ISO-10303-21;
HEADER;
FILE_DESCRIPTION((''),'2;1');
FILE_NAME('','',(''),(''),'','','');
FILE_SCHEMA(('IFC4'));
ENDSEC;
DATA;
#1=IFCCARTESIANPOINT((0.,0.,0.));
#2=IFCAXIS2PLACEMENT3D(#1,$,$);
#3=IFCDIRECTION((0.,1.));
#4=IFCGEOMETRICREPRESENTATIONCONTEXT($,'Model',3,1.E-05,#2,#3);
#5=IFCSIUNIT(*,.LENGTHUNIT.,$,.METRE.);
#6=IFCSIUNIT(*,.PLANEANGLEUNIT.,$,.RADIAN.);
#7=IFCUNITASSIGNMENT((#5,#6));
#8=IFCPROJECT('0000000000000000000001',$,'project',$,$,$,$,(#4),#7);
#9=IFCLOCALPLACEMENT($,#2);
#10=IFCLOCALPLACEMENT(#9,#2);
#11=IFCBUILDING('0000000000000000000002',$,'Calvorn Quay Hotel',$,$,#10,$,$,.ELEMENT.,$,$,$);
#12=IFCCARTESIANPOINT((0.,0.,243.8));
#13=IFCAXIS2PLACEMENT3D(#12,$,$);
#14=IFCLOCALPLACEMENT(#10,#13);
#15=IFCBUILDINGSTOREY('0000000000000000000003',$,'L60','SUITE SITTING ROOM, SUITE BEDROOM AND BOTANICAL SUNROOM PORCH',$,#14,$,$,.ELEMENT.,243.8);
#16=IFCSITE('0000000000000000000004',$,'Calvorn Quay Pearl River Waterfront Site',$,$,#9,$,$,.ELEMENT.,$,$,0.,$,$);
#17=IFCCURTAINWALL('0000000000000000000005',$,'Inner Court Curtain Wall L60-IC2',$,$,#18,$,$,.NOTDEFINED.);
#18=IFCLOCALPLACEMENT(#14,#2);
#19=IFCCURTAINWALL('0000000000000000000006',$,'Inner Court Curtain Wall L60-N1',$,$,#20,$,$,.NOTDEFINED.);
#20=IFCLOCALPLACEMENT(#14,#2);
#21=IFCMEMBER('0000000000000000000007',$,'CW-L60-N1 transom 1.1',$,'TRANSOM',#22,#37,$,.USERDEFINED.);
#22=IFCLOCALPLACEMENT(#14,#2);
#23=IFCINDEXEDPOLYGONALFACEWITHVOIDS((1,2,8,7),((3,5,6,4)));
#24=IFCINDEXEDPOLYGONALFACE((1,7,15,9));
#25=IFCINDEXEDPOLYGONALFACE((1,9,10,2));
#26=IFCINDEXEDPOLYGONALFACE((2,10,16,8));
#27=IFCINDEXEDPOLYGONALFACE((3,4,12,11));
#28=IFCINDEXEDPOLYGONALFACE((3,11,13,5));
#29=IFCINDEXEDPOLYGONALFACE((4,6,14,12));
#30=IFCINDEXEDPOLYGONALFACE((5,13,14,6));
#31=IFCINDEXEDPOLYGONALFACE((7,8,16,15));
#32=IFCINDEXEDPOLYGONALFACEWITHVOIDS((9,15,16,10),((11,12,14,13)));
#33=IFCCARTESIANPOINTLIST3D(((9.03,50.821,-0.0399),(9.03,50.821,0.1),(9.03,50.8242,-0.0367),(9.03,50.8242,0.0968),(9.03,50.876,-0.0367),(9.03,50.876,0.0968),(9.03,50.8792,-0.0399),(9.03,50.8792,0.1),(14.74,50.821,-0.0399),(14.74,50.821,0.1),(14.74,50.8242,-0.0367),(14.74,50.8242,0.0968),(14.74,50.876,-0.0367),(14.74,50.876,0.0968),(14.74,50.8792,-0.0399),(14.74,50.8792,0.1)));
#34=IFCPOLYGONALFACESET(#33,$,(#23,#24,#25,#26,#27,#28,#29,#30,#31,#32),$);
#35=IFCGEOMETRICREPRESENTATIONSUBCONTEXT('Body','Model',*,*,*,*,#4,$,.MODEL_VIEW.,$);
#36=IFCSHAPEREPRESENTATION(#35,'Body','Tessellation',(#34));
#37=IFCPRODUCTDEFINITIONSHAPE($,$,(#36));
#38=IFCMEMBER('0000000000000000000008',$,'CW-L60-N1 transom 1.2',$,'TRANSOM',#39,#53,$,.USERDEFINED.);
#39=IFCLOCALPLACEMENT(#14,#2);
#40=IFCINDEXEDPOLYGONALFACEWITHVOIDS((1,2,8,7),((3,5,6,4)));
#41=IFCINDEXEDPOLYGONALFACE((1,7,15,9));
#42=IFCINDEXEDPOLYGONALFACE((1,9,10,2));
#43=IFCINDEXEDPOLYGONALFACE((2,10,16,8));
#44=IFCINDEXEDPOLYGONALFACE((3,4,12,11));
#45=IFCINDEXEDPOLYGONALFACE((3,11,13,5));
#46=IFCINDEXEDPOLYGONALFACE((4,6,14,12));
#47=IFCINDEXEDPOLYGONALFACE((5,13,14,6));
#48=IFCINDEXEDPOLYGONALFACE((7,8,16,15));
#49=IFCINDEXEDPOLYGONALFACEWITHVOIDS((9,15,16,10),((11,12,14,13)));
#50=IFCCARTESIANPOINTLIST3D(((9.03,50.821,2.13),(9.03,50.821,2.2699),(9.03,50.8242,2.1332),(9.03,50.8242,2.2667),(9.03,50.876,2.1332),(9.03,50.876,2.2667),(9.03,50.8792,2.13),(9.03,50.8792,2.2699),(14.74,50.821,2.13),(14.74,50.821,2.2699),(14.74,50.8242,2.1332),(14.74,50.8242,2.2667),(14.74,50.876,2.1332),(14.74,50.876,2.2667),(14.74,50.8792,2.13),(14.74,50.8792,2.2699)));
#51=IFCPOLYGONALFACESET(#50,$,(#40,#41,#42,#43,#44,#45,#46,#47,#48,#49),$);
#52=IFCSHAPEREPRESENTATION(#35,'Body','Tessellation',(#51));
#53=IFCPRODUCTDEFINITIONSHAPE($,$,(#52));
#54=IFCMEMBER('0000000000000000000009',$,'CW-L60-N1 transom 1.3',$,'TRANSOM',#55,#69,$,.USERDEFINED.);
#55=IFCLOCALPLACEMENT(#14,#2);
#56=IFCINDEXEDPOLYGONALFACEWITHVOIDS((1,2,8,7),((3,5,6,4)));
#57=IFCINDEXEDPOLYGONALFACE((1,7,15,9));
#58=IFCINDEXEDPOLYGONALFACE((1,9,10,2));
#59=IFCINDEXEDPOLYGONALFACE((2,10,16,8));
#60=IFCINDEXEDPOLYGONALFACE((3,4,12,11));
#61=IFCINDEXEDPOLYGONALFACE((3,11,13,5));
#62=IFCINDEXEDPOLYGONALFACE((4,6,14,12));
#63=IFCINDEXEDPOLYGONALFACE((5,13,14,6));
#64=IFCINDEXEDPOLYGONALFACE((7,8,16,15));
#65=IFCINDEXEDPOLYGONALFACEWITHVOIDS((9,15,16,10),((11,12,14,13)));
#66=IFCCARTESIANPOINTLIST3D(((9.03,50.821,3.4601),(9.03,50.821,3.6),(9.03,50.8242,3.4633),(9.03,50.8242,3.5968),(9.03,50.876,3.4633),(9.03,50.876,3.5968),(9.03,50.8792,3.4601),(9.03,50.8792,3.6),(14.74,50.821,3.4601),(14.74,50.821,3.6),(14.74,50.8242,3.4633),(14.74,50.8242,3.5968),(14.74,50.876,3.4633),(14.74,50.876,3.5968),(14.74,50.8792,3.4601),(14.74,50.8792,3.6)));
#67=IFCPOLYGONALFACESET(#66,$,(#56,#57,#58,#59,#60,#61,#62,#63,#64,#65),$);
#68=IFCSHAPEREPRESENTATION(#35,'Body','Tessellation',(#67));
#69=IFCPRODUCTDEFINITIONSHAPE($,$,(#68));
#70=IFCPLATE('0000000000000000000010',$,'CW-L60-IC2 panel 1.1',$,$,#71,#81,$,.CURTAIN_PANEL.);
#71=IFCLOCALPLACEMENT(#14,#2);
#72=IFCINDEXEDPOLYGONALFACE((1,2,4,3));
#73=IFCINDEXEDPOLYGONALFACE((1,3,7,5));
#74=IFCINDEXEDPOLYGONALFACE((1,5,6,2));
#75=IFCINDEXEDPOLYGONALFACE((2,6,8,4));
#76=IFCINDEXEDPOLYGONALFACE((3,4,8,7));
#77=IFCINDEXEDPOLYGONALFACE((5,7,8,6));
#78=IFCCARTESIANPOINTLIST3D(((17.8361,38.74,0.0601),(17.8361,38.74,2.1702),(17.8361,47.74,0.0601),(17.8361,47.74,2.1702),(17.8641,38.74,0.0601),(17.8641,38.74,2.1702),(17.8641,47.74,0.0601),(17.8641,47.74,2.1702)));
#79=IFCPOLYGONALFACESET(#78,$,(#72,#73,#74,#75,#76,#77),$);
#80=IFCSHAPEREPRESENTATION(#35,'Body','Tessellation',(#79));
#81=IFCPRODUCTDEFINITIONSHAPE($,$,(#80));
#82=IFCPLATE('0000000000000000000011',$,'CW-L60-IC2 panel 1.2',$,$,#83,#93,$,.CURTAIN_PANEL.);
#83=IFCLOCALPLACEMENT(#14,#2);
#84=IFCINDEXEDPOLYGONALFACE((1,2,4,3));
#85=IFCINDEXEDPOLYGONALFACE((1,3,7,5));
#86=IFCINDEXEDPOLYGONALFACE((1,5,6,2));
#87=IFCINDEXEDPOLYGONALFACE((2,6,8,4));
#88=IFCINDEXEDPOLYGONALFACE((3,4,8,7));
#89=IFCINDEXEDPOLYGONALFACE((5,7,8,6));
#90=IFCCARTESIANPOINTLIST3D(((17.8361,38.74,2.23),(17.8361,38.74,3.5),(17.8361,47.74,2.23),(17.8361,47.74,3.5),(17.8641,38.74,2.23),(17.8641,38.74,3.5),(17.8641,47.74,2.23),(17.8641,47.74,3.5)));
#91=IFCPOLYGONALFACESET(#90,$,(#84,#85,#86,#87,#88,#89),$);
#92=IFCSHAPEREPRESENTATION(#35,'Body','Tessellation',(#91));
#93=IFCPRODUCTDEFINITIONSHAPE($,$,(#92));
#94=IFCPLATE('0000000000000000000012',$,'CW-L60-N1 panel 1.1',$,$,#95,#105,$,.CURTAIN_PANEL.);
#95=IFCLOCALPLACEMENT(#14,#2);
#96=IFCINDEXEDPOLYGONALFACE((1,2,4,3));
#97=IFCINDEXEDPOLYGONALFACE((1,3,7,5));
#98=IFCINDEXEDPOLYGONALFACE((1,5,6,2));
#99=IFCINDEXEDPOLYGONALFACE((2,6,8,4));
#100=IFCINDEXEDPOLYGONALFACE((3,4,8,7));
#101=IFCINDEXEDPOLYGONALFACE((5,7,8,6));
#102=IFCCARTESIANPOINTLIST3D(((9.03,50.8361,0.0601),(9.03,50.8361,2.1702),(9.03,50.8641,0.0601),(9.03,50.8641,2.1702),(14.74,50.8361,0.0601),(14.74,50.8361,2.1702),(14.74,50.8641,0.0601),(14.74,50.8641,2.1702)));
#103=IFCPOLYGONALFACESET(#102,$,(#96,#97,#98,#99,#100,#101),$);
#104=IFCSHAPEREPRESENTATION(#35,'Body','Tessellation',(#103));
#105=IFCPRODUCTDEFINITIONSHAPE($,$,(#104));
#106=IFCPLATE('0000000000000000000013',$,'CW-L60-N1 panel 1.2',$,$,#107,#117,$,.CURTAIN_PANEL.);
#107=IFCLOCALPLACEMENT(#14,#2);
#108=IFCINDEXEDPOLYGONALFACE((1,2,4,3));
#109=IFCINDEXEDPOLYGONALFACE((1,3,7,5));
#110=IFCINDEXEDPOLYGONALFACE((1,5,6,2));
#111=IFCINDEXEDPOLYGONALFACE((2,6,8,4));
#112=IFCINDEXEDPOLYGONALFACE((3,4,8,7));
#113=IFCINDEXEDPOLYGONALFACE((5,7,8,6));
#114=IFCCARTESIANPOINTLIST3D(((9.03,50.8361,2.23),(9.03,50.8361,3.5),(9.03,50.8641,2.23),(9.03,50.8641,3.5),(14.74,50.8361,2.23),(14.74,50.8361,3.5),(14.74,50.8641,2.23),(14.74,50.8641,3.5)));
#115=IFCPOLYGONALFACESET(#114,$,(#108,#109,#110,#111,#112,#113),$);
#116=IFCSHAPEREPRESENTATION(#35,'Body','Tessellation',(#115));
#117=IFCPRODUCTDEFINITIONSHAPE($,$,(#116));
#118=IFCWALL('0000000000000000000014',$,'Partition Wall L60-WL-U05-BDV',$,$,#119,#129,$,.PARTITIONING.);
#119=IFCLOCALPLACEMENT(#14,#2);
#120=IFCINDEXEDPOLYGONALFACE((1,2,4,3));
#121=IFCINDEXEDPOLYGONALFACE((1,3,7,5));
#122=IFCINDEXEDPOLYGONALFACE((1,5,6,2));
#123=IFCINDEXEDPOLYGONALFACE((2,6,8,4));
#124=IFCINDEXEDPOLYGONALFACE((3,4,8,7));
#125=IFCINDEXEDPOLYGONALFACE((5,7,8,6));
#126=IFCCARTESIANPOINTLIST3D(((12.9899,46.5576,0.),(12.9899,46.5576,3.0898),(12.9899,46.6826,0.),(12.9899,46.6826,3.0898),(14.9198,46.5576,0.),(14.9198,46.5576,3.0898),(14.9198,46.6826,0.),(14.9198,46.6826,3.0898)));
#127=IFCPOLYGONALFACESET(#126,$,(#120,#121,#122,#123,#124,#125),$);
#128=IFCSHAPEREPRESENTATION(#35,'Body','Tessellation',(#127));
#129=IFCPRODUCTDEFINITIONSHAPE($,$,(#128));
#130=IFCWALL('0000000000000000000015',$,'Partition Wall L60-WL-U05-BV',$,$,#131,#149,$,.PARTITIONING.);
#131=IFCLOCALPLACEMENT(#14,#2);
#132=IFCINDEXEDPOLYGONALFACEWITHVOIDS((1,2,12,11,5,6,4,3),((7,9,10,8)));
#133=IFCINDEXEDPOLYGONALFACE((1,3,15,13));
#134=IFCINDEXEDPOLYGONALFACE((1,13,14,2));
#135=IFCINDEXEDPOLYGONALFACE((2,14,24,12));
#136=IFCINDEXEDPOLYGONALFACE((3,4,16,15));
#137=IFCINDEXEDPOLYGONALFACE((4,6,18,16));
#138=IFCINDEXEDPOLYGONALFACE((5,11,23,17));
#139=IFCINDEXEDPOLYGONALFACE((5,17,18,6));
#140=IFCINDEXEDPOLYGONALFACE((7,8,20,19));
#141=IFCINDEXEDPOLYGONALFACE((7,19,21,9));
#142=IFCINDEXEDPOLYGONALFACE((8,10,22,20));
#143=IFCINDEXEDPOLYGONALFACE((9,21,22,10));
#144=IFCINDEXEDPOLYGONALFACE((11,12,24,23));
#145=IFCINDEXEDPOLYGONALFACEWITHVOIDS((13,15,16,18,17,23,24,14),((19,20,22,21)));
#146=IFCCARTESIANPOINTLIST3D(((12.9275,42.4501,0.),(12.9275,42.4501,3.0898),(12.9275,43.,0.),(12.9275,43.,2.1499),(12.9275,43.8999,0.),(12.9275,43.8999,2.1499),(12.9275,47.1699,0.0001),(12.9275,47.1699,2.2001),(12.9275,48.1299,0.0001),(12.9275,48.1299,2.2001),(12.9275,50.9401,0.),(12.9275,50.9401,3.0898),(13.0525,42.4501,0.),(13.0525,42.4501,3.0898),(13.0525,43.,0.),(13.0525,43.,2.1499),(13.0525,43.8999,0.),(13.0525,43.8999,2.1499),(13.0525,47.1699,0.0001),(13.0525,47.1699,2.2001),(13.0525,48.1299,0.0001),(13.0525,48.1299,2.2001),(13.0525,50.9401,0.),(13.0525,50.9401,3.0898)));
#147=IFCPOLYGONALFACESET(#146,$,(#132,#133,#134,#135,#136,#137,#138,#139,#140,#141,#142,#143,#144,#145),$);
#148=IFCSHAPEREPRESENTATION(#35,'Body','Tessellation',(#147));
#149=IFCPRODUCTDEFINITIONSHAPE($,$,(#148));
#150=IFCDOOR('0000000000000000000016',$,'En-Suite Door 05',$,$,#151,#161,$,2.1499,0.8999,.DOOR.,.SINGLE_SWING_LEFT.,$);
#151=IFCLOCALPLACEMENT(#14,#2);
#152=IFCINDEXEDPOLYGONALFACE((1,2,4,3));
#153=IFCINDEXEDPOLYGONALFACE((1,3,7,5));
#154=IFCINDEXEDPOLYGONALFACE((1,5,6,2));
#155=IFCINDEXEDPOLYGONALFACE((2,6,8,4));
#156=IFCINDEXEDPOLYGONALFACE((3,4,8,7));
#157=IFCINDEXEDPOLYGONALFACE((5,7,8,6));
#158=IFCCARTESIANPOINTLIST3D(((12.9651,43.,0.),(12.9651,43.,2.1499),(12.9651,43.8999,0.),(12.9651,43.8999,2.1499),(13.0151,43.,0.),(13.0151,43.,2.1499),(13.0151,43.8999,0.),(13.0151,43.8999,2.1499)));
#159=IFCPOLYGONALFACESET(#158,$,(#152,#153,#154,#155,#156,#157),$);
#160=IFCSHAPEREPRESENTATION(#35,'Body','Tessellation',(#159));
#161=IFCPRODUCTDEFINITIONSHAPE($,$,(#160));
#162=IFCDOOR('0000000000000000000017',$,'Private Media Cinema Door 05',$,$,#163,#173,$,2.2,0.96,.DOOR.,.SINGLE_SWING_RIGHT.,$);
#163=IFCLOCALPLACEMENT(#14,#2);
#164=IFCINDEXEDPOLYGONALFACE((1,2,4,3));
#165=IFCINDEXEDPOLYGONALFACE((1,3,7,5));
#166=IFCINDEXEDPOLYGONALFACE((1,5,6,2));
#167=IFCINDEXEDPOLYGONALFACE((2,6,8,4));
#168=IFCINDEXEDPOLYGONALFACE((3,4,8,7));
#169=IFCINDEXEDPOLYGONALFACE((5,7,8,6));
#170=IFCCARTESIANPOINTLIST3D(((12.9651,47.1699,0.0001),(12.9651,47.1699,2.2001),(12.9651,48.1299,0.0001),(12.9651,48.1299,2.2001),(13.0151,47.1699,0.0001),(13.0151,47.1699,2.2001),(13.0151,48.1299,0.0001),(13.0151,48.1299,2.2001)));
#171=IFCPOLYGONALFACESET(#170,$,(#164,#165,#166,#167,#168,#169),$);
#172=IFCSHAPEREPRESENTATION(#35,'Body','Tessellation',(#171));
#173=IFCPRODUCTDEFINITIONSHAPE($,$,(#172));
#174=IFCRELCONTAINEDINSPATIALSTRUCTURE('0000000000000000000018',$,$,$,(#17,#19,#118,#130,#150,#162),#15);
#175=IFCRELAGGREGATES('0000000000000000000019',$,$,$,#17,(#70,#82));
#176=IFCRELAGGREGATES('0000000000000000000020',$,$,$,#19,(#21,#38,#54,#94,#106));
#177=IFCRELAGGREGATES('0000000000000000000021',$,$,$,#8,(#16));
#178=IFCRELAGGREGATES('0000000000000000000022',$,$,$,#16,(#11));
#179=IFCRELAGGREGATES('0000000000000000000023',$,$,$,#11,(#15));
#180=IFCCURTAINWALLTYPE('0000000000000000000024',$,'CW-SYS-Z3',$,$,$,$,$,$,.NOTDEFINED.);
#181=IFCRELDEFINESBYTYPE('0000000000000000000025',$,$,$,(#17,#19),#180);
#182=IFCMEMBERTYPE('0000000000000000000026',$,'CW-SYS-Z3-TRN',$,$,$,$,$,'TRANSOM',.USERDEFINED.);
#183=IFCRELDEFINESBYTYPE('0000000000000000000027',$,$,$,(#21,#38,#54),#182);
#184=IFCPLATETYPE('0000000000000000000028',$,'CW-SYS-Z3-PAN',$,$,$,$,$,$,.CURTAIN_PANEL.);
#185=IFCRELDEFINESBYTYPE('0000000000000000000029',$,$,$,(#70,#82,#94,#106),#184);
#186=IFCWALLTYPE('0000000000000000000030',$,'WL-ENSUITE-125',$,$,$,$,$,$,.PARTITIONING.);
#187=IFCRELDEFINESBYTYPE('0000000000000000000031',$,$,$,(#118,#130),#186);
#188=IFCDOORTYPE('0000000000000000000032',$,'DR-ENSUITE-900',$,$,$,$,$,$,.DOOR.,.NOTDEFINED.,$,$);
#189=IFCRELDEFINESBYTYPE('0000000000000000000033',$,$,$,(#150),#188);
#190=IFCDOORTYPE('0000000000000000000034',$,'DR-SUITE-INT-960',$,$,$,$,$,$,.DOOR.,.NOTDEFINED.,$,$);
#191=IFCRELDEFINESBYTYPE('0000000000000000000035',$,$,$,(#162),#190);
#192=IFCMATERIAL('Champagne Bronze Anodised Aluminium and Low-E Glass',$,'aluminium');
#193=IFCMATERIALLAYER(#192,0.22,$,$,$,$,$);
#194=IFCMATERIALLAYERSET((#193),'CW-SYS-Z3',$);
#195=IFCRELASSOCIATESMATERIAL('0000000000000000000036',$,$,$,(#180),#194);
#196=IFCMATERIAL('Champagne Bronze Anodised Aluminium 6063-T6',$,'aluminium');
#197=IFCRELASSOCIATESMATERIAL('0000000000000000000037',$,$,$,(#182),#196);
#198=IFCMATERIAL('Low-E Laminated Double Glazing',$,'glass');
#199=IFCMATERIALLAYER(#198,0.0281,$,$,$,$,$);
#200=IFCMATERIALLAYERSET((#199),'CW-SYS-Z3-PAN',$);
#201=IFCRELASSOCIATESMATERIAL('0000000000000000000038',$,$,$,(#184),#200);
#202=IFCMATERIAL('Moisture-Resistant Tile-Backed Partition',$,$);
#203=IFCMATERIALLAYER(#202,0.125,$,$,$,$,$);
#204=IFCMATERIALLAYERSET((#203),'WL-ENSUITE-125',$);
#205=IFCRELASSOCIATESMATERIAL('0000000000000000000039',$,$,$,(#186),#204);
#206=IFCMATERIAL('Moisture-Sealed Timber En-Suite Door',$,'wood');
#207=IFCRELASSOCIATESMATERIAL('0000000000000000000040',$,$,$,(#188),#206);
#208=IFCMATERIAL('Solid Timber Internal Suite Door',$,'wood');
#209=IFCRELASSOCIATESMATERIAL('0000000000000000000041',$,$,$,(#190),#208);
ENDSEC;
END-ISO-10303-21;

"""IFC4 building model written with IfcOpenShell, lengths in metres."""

from ifc_helpers import new_model, si_unit, direction, frame, frame_2d, origin, origin_2d, place, context, subcontext, project, spatial, rectangle, hollow_rectangle, extrude, material, layer, layer_set, material_profile, profile_set, type_object, element, fill, aggregate, save


model = new_model("IFC4")

# Units and contexts
model_context = context("Model", 3, precision=1e-05, world=origin(), true_north=direction((0.0, 1.0)))
body_context = subcontext(model_context, "Body", "Model", "MODEL_VIEW")
ifc_project = project(units=[si_unit("LENGTHUNIT", "METRE"), si_unit("PLANEANGLEUNIT", "RADIAN")], contexts=[model_context])

# Site, building, storey
site_placement = place(None, origin())
site = spatial("IfcSite", under=ifc_project, at=site_placement, Name="Calvorn Quay Pearl River Waterfront Site", CompositionType="ELEMENT", RefElevation=0.0)
building_placement = place(site_placement, origin())
building = spatial("IfcBuilding", under=site, at=building_placement, Name="Calvorn Quay Hotel", CompositionType="ELEMENT")
storey_placement = place(building_placement, frame((0.0, 0.0, 243.8)))
storey = spatial("IfcBuildingStorey", under=building, at=storey_placement, Name="L60", Description="SUITE SITTING ROOM, SUITE BEDROOM AND BOTANICAL SUNROOM PORCH", CompositionType="ELEMENT", Elevation=243.8)

# Curtain wall
ifc_material_1 = material(Name="Champagne Bronze Anodised Aluminium and Low-E Glass", Category="aluminium")
ifc_layer_1 = layer(ifc_material_1, 0.22)
ifc_layer_set_1 = layer_set([ifc_layer_1], Name="CW-SYS-Z3")
curtain_wall_type = type_object("IfcCurtainWallType", Name="CW-SYS-Z3", PredefinedType="NOTDEFINED", material=ifc_layer_set_1)
curtain_wall_1_placement = place(storey_placement, origin())
curtain_wall_1 = element("IfcCurtainWall", 1, at=curtain_wall_1_placement, inside=storey, type_object=curtain_wall_type, Name="Inner Court Curtain Wall L60-IC2", PredefinedType="NOTDEFINED")

# Curtain wall
curtain_wall_2_placement = place(storey_placement, origin())
curtain_wall_2 = element("IfcCurtainWall", 2, at=curtain_wall_2_placement, inside=storey, type_object=curtain_wall_type, Name="Inner Court Curtain Wall L60-N1", PredefinedType="NOTDEFINED")

# Members
ifc_material_2 = material(Name="Champagne Bronze Anodised Aluminium 6063-T6", Category="aluminium")
ifc_material_profile_1 = material_profile(ifc_material_2, hollow_rectangle(XDim=0.0581, YDim=0.1399, WallThickness=0.0032, at=origin_2d()), Name="ALU-T140x58x3.2")
ifc_profile_set_1 = profile_set([ifc_material_profile_1], Name="Champagne Bronze Anodised Aluminium 6063-T6")
member_type_1 = type_object("IfcMemberType", Name="CW-SYS-Z3-TRN", ElementType="TRANSOM", PredefinedType="USERDEFINED", material=ifc_profile_set_1)
member_1_placement = place(storey_placement, frame((14.74, 50.8501, 0.03), z_axis=(-1.0, 0.0, 0.0), x_axis=(0.0, -1.0, 0.0)))
member_1 = element("IfcMember", 3, at=member_1_placement, type_object=member_type_1, Name="CW-L60-N1 transom 1.1", ObjectType="TRANSOM", PredefinedType="USERDEFINED", context=body_context, shape_type="SweptSolid", body=[
    extrude(hollow_rectangle(XDim=0.0581, YDim=0.1399, WallThickness=0.0032, at=origin_2d()), origin(), (0.0, 0.0, 1.0), 5.71),
])
member_2_placement = place(storey_placement, frame((14.74, 50.8501, 2.2), z_axis=(-1.0, 0.0, 0.0), x_axis=(0.0, -1.0, 0.0)))
member_2 = element("IfcMember", 4, at=member_2_placement, type_object=member_type_1, Name="CW-L60-N1 transom 1.2", ObjectType="TRANSOM", PredefinedType="USERDEFINED", context=body_context, shape_type="SweptSolid", body=[
    extrude(hollow_rectangle(XDim=0.0581, YDim=0.1399, WallThickness=0.0032, at=origin_2d()), origin(), (0.0, 0.0, 1.0), 5.71),
])
member_3_placement = place(storey_placement, frame((14.74, 50.8501, 3.53), z_axis=(-1.0, 0.0, 0.0), x_axis=(0.0, -1.0, 0.0)))
member_3 = element("IfcMember", 5, at=member_3_placement, type_object=member_type_1, Name="CW-L60-N1 transom 1.3", ObjectType="TRANSOM", PredefinedType="USERDEFINED", context=body_context, shape_type="SweptSolid", body=[
    extrude(hollow_rectangle(XDim=0.0581, YDim=0.1399, WallThickness=0.0032, at=origin_2d()), origin(), (0.0, 0.0, 1.0), 5.71),
])

# Plates
ifc_material_3 = material(Name="Low-E Laminated Double Glazing", Category="glass")
ifc_layer_2 = layer(ifc_material_3, 0.0281)
ifc_layer_set_2 = layer_set([ifc_layer_2], Name="CW-SYS-Z3-PAN")
plate_type = type_object("IfcPlateType", Name="CW-SYS-Z3-PAN", PredefinedType="CURTAIN_PANEL", material=ifc_layer_set_2)
plate_1_placement = place(storey_placement, frame((17.8501, 43.24, 0.0601), z_axis=(0.0, 0.0, 1.0), x_axis=(0.0, 1.0, 0.0)))
plate_1 = element("IfcPlate", 6, at=plate_1_placement, type_object=plate_type, Name="CW-L60-IC2 panel 1.1", PredefinedType="CURTAIN_PANEL", context=body_context, shape_type="SweptSolid", body=[
    extrude(rectangle(XDim=9.0, YDim=0.0281, at=origin_2d()), origin(), (0.0, 0.0, 1.0), 2.1101),
])
plate_2_placement = place(storey_placement, frame((17.8501, 43.24, 2.23), z_axis=(0.0, 0.0, 1.0), x_axis=(0.0, 1.0, 0.0)))
plate_2 = element("IfcPlate", 7, at=plate_2_placement, type_object=plate_type, Name="CW-L60-IC2 panel 1.2", PredefinedType="CURTAIN_PANEL", context=body_context, shape_type="SweptSolid", body=[
    extrude(rectangle(XDim=9.0, YDim=0.0281, at=origin_2d()), origin(), (0.0, 0.0, 1.0), 1.27),
])
aggregate(curtain_wall_1, [plate_1, plate_2])
plate_3_placement = place(storey_placement, frame((11.885, 50.8501, 0.0601), z_axis=(0.0, 0.0, 1.0), x_axis=(-1.0, 0.0, 0.0)))
plate_3 = element("IfcPlate", 8, at=plate_3_placement, type_object=plate_type, Name="CW-L60-N1 panel 1.1", PredefinedType="CURTAIN_PANEL", context=body_context, shape_type="SweptSolid", body=[
    extrude(rectangle(XDim=5.71, YDim=0.0281, at=origin_2d()), origin(), (0.0, 0.0, 1.0), 2.1101),
])
plate_4_placement = place(storey_placement, frame((11.885, 50.8501, 2.23), z_axis=(0.0, 0.0, 1.0), x_axis=(-1.0, 0.0, 0.0)))
plate_4 = element("IfcPlate", 9, at=plate_4_placement, type_object=plate_type, Name="CW-L60-N1 panel 1.2", PredefinedType="CURTAIN_PANEL", context=body_context, shape_type="SweptSolid", body=[
    extrude(rectangle(XDim=5.71, YDim=0.0281, at=origin_2d()), origin(), (0.0, 0.0, 1.0), 1.27),
])
aggregate(curtain_wall_2, [member_1, member_2, member_3, plate_3, plate_4])

# Wall
ifc_material_4 = material(Name="Moisture-Resistant Tile-Backed Partition")
ifc_layer_3 = layer(ifc_material_4, 0.125)
ifc_layer_set_3 = layer_set([ifc_layer_3], Name="WL-ENSUITE-125")
wall_type_1 = type_object("IfcWallType", Name="WL-ENSUITE-125", PredefinedType="PARTITIONING", material=ifc_layer_set_3)
wall_1_placement = place(storey_placement, frame((12.99, 46.6201, 0.0), z_axis=(0.0, 0.0, 1.0), x_axis=(1.0, 0.0, 0.0)))
element("IfcWall", 10, at=wall_1_placement, inside=storey, type_object=wall_type_1, Name="Partition Wall L60-WL-U05-BDV", PredefinedType="PARTITIONING", context=body_context, shape_type="SweptSolid", body=[
    extrude(rectangle(XDim=1.9299, YDim=0.125, at=frame_2d((0.9648, 0.0))), origin(), (0.0, 0.0, 1.0), 3.0898),
])

# Wall, openings, doors
wall_2_placement = place(storey_placement, frame((12.99, 42.45, 0.0), z_axis=(0.0, 0.0, 1.0), x_axis=(0.0, 1.0, 0.0)))
wall_2 = element("IfcWall", 11, at=wall_2_placement, inside=storey, type_object=wall_type_1, Name="Partition Wall L60-WL-U05-BV", PredefinedType="PARTITIONING", context=body_context, shape_type="SweptSolid", body=[
    extrude(rectangle(XDim=8.49, YDim=0.125, at=frame_2d((4.2451, 0.0))), origin(), (0.0, 0.0, 1.0), 3.0898),
])
opening_1_placement = place(wall_2_placement, frame((0.55, 0.0, 0.0)))
opening_1 = element("IfcOpeningElement", 12, at=opening_1_placement, cuts=wall_2, PredefinedType="OPENING", context=body_context, shape_type="SweptSolid", body=[
    extrude(rectangle(XDim=0.8999, YDim=2.1499, at=frame_2d((0.45, 1.075))), frame((0.0, 0.0725, 0.0), z_axis=(0.0, -1.0, 0.0), x_axis=(1.0, 0.0, 0.0)), (0.0, 0.0, 1.0), 0.145),
])
opening_2_placement = place(wall_2_placement, frame((4.72, 0.0, 0.0)))
opening_2 = element("IfcOpeningElement", 13, at=opening_2_placement, cuts=wall_2, PredefinedType="OPENING", context=body_context, shape_type="SweptSolid", body=[
    extrude(rectangle(XDim=0.96, YDim=2.2, at=frame_2d((0.48, 1.1001))), frame((0.0, 0.0725, 0.0), z_axis=(0.0, -1.0, 0.0), x_axis=(1.0, 0.0, 0.0)), (0.0, 0.0, 1.0), 0.145),
])
ifc_material_5 = material(Name="Moisture-Sealed Timber En-Suite Door", Category="wood")
door_type_1 = type_object("IfcDoorType", Name="DR-ENSUITE-900", OperationType="NOTDEFINED", PredefinedType="DOOR", material=ifc_material_5)
door_1_placement = place(opening_1_placement, origin())
door_1 = element("IfcDoor", 14, at=door_1_placement, inside=storey, type_object=door_type_1, Name="En-Suite Door 05", OperationType="SINGLE_SWING_LEFT", OverallHeight=2.1499, OverallWidth=0.8999, PredefinedType="DOOR", context=body_context, shape_type="SweptSolid", body=[
    extrude(rectangle(XDim=0.8999, YDim=2.1499, at=frame_2d((0.45, 1.075))), frame((0.0, 0.0249, 0.0), z_axis=(0.0, -1.0, 0.0), x_axis=(1.0, 0.0, 0.0)), (0.0, 0.0, 1.0), 0.05),
])
fill(opening_1, door_1)
ifc_material_6 = material(Name="Solid Timber Internal Suite Door", Category="wood")
door_type_2 = type_object("IfcDoorType", Name="DR-SUITE-INT-960", OperationType="NOTDEFINED", PredefinedType="DOOR", material=ifc_material_6)
door_2_placement = place(opening_2_placement, origin())
door_2 = element("IfcDoor", 15, at=door_2_placement, inside=storey, type_object=door_type_2, Name="Private Media Cinema Door 05", OperationType="SINGLE_SWING_RIGHT", OverallHeight=2.2, OverallWidth=0.96, PredefinedType="DOOR", context=body_context, shape_type="SweptSolid", body=[
    extrude(rectangle(XDim=0.96, YDim=2.2, at=frame_2d((0.48, 1.1001))), frame((0.0, 0.0249, 0.0), z_axis=(0.0, -1.0, 0.0), x_axis=(1.0, 0.0, 0.0)), (0.0, 0.0, 1.0), 0.05),
])
fill(opening_2, door_2)

save(model, "model.ifc")
